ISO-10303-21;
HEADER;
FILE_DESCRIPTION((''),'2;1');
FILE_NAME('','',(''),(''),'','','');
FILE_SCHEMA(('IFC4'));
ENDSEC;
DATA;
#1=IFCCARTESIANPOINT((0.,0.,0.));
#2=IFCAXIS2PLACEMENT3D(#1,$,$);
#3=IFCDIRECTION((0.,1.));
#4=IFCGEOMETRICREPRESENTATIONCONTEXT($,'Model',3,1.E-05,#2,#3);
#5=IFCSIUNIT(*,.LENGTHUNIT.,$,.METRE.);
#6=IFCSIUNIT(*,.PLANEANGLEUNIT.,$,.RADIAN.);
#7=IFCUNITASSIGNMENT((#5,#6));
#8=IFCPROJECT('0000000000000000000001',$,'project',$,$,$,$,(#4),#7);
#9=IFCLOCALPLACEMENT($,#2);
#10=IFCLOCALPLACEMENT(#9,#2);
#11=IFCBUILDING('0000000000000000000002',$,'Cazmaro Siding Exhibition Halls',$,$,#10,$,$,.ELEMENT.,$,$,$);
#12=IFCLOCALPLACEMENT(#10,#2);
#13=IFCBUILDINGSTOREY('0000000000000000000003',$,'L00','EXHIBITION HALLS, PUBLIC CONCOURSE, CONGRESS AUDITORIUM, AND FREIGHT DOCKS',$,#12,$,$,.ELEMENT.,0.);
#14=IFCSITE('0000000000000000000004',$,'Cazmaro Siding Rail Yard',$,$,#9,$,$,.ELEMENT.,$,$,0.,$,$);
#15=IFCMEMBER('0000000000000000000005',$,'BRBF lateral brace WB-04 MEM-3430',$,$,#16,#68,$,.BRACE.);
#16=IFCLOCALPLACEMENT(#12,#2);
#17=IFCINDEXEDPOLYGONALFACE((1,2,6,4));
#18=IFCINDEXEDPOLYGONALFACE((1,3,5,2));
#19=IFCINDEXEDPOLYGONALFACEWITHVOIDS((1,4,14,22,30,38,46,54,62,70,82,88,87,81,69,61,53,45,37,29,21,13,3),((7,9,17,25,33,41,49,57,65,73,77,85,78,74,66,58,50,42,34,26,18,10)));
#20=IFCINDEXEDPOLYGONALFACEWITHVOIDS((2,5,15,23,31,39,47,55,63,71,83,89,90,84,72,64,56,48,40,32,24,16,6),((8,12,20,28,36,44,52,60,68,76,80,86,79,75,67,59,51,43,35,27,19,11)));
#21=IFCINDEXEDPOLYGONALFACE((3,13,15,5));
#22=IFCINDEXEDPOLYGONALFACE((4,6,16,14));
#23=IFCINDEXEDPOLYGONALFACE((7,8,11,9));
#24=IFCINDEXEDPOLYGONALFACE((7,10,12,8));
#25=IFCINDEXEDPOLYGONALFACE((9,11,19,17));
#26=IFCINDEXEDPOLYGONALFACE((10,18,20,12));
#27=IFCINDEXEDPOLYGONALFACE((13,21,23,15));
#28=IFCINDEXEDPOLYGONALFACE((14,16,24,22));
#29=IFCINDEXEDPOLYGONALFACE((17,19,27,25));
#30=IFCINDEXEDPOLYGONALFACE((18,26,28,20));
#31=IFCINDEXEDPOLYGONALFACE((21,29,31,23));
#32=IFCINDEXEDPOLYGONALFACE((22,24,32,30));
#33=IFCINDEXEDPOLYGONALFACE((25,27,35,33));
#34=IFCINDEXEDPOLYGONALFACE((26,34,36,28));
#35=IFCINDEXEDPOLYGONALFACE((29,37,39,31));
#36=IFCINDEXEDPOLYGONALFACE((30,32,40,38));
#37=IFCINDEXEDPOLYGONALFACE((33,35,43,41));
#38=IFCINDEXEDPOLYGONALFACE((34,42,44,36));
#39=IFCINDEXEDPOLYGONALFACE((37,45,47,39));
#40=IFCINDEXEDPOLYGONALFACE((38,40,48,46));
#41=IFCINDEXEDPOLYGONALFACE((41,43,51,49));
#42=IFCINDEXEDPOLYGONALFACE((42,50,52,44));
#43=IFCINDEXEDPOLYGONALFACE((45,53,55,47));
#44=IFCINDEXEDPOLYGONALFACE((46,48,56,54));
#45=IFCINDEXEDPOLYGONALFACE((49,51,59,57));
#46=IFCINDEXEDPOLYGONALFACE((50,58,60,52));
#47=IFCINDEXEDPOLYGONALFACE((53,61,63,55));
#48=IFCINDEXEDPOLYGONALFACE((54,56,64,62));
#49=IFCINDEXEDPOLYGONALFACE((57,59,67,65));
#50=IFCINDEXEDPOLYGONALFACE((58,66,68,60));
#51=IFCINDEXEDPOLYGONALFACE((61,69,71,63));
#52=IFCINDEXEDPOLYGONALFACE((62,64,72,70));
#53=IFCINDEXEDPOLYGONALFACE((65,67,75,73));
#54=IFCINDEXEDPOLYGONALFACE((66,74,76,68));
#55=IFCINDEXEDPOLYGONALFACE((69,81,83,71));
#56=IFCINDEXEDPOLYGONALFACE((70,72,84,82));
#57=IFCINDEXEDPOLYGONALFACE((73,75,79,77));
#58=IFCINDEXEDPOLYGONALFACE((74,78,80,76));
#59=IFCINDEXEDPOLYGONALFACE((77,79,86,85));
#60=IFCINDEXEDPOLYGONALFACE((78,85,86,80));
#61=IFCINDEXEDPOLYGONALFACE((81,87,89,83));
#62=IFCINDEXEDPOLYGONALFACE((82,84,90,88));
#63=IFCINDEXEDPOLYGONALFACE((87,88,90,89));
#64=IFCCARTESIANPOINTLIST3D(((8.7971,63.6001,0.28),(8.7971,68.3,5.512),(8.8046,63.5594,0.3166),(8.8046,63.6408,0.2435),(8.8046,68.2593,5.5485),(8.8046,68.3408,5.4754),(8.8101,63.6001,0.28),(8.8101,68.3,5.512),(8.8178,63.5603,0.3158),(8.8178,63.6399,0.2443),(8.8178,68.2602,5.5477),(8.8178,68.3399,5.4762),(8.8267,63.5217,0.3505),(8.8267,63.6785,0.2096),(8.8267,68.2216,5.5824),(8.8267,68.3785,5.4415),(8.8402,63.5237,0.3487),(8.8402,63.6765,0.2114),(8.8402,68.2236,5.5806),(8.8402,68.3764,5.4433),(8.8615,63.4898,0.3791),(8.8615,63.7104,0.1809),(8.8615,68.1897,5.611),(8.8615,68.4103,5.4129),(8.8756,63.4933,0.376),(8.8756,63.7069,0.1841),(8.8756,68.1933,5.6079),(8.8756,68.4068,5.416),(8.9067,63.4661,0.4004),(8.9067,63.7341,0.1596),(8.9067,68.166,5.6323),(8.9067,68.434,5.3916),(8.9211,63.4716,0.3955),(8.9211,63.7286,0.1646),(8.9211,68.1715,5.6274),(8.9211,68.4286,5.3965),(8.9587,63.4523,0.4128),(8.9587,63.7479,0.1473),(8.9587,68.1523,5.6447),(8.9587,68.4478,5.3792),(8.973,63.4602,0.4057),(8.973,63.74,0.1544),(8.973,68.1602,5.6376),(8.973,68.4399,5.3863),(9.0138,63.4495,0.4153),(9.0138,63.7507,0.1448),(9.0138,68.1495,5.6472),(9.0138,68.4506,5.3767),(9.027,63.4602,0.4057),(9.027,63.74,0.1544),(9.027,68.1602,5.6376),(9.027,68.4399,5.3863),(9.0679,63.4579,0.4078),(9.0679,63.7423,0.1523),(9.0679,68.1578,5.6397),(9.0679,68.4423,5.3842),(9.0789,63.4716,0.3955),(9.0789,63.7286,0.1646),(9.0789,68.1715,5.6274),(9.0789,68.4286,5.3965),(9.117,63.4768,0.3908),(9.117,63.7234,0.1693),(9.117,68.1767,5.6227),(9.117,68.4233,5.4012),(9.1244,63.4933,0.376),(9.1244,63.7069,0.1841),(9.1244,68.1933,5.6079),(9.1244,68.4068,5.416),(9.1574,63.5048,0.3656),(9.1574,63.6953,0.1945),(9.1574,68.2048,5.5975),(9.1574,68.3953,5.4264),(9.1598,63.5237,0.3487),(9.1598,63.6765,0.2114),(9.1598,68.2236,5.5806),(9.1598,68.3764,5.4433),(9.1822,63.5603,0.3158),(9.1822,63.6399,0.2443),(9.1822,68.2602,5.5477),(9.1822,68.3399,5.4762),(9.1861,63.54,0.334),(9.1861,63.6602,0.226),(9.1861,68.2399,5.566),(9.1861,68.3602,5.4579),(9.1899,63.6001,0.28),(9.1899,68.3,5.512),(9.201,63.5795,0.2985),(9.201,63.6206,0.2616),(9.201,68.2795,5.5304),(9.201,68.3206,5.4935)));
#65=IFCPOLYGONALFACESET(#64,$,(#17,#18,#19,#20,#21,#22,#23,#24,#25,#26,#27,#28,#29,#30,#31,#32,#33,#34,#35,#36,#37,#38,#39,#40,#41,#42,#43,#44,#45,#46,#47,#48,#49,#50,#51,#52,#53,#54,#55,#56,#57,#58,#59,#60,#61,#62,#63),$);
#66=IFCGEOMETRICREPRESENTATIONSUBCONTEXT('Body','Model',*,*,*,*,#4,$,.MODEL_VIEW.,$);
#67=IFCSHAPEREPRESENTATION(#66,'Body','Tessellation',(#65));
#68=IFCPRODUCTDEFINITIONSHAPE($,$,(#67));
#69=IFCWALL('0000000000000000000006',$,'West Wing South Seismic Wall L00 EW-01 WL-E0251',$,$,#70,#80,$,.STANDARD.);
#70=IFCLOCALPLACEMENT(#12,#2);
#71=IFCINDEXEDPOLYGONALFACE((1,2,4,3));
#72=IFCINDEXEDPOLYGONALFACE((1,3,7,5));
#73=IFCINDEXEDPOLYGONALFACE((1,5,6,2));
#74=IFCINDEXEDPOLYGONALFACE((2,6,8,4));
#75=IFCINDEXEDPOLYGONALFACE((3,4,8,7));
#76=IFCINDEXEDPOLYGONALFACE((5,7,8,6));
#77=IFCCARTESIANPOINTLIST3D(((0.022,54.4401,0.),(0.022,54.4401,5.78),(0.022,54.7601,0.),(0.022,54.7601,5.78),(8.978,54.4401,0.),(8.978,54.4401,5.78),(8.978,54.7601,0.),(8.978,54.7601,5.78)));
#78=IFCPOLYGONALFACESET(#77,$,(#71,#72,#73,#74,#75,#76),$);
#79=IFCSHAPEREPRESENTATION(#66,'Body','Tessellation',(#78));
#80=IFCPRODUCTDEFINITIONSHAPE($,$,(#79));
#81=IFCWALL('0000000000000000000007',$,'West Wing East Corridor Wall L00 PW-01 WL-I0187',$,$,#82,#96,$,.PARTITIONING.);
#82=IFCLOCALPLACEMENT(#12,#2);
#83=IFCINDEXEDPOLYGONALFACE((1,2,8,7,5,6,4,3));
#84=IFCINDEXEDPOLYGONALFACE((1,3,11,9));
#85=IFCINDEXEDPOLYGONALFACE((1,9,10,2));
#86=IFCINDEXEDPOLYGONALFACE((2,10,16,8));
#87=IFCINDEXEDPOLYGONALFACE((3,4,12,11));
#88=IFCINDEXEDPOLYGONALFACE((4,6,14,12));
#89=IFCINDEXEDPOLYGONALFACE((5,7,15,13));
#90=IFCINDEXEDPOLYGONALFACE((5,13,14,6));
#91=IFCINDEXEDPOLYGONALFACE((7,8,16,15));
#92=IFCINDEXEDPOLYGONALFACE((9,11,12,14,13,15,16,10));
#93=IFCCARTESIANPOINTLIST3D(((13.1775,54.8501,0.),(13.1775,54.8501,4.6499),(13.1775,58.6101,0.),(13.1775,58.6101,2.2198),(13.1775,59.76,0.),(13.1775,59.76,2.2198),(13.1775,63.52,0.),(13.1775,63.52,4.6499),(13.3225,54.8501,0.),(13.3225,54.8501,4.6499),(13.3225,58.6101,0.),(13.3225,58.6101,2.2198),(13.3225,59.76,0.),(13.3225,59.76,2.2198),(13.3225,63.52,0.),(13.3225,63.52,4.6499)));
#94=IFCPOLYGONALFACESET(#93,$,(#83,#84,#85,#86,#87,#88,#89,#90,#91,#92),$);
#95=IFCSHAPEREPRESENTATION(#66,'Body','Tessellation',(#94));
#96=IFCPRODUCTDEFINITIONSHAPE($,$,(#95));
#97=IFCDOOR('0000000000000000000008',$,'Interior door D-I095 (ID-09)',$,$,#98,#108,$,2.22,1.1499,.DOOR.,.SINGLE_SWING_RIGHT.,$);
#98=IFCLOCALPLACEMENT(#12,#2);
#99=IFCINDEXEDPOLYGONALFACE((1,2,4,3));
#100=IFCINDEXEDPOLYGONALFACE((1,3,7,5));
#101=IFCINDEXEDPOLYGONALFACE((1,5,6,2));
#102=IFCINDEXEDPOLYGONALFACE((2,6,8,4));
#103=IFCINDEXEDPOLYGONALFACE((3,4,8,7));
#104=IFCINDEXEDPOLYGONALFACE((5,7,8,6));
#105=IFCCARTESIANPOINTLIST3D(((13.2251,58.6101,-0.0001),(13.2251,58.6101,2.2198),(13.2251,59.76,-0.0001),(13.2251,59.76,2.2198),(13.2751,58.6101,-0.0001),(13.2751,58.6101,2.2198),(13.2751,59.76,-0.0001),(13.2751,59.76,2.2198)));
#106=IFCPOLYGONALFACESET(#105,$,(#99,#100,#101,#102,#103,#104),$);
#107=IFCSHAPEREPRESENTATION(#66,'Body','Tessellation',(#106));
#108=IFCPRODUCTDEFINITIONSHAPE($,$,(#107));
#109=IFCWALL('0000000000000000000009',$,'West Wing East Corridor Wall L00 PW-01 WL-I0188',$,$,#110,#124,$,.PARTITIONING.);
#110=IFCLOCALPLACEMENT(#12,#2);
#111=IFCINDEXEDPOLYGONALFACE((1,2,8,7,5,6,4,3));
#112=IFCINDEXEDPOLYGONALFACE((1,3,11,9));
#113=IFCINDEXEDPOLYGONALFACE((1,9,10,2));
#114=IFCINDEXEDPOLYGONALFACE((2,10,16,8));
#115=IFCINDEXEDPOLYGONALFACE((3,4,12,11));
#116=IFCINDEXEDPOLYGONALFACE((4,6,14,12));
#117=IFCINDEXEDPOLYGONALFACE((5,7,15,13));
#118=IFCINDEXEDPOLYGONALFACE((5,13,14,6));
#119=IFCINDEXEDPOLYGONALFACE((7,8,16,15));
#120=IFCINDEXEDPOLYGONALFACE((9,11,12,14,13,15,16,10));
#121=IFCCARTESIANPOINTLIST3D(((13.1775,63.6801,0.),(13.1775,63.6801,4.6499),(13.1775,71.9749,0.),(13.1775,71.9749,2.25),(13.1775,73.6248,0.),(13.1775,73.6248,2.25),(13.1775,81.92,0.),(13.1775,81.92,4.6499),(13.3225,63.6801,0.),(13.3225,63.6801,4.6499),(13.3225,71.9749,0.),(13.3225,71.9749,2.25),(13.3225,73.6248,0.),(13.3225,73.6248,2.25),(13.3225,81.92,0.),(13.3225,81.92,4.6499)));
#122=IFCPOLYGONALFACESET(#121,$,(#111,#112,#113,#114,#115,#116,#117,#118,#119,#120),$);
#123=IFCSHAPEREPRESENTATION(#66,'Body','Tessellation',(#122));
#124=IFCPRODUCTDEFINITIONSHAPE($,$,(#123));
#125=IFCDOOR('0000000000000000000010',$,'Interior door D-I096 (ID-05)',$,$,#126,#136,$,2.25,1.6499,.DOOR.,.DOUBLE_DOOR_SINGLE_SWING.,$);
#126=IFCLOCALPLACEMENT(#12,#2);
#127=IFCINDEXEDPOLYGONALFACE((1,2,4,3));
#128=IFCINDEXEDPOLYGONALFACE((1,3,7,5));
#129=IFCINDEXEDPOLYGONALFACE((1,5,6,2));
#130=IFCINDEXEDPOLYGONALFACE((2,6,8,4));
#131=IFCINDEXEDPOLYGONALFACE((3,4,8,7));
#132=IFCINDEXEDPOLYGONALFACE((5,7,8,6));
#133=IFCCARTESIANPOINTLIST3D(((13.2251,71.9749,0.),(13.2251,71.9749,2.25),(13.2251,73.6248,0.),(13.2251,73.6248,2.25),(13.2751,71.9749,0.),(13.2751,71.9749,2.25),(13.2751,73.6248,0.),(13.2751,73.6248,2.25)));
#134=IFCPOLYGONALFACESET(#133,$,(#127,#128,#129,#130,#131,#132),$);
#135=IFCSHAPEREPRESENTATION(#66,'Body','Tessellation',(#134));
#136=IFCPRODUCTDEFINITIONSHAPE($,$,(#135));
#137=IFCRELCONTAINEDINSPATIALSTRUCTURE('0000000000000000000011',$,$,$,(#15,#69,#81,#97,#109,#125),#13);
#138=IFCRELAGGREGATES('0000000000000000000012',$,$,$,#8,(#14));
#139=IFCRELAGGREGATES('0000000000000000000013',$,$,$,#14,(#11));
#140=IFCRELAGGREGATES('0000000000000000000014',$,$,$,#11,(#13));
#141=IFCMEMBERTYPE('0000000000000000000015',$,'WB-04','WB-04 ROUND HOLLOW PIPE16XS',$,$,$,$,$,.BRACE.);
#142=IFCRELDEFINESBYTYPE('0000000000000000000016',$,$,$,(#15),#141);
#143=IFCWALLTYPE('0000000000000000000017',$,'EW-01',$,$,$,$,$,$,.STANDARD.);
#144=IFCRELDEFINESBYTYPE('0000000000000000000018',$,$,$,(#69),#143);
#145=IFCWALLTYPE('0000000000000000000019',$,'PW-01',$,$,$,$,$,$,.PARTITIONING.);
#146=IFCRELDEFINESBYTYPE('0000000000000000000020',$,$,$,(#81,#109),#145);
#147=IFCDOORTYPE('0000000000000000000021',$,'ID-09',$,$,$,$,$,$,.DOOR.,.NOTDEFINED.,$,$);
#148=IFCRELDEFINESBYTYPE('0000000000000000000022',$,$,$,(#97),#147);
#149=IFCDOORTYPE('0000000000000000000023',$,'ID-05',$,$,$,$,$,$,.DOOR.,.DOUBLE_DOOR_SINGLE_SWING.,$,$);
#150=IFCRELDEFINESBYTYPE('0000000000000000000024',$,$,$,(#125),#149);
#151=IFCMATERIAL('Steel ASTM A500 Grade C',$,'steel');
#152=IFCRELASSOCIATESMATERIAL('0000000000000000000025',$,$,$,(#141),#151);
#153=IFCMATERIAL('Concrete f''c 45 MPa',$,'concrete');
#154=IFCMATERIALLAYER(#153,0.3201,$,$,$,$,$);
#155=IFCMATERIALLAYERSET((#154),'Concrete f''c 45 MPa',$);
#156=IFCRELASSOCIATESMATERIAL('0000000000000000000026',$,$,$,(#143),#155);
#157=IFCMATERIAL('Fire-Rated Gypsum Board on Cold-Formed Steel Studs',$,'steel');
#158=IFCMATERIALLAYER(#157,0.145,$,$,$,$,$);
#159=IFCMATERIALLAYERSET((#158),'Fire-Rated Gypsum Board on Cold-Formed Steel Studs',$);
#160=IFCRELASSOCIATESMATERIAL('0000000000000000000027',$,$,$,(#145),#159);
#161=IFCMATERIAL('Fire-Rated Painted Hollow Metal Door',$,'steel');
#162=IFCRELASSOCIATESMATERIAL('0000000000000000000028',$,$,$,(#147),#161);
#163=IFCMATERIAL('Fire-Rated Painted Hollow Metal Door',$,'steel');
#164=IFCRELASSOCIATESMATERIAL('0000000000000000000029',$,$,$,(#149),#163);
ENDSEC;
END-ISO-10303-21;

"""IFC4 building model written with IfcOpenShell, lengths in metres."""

from ifc_helpers import new_model, si_unit, direction, frame, frame_2d, origin, origin_2d, place, context, subcontext, project, spatial, rectangle, hollow_circle, extrude, material, layer, layer_set, material_profile, profile_set, type_object, element, fill, save


model = new_model("IFC4")

# Units and contexts
model_context = context("Model", 3, precision=1e-05, world=origin(), true_north=direction((0.0, 1.0)))
body_context = subcontext(model_context, "Body", "Model", "MODEL_VIEW")
ifc_project = project(units=[si_unit("LENGTHUNIT", "METRE"), si_unit("PLANEANGLEUNIT", "RADIAN")], contexts=[model_context])

# Site, building, storey
site_placement = place(None, origin())
site = spatial("IfcSite", under=ifc_project, at=site_placement, Name="Cazmaro Siding Rail Yard", CompositionType="ELEMENT", RefElevation=0.0)
building_placement = place(site_placement, origin())
building = spatial("IfcBuilding", under=site, at=building_placement, Name="Cazmaro Siding Exhibition Halls", CompositionType="ELEMENT")
storey_placement = place(building_placement, origin())
storey = spatial("IfcBuildingStorey", under=building, at=storey_placement, Name="L00", Description="EXHIBITION HALLS, PUBLIC CONCOURSE, CONGRESS AUDITORIUM, AND FREIGHT DOCKS", CompositionType="ELEMENT", Elevation=0.0)

# Member
ifc_material_1 = material(Name="Steel ASTM A500 Grade C", Category="steel")
ifc_material_profile_1 = material_profile(ifc_material_1, hollow_circle(Radius=0.2029, WallThickness=0.0129, at=origin_2d()), Name="PIPE16XS")
ifc_profile_set_1 = profile_set([ifc_material_profile_1], Name="Steel ASTM A500 Grade C")
member_type = type_object("IfcMemberType", Name="WB-04", Description="WB-04 ROUND HOLLOW PIPE16XS", PredefinedType="BRACE", material=ifc_profile_set_1)
member_placement = place(storey_placement, frame((9.0, 63.6001, 0.28), z_axis=(0.0, 0.668274, 0.743915), x_axis=(-1.0, 0.0, 0.0)))
element("IfcMember", 1, at=member_placement, inside=storey, type_object=member_type, Name="BRBF lateral brace WB-04 MEM-3430", PredefinedType="BRACE", context=body_context, shape_type="SweptSolid", body=[
    extrude(hollow_circle(Radius=0.2029, WallThickness=0.0129, at=origin_2d()), origin(), (0.0, 0.0, 1.0), 7.033),
])

# Wall
ifc_material_2 = material(Name="Concrete f'c 45 MPa", Category="concrete")
ifc_layer_1 = layer(ifc_material_2, 0.3201)
ifc_layer_set_1 = layer_set([ifc_layer_1], Name="Concrete f'c 45 MPa")
wall_type_1 = type_object("IfcWallType", Name="EW-01", PredefinedType="STANDARD", material=ifc_layer_set_1)
wall_1_placement = place(storey_placement, frame((8.978, 54.6001, 0.0), z_axis=(0.0, 0.0, 1.0), x_axis=(-1.0, 0.0, 0.0)))
element("IfcWall", 2, at=wall_1_placement, inside=storey, type_object=wall_type_1, Name="West Wing South Seismic Wall L00 EW-01 WL-E0251", PredefinedType="STANDARD", context=body_context, shape_type="SweptSolid", body=[
    extrude(rectangle(XDim=8.9561, YDim=0.3201, at=frame_2d((4.478, 0.0))), origin(), (0.0, 0.0, 1.0), 5.78),
])

# Walls, openings, doors
ifc_material_3 = material(Name="Fire-Rated Gypsum Board on Cold-Formed Steel Studs", Category="steel")
ifc_layer_2 = layer(ifc_material_3, 0.145)
ifc_layer_set_2 = layer_set([ifc_layer_2], Name="Fire-Rated Gypsum Board on Cold-Formed Steel Studs")
wall_type_2 = type_object("IfcWallType", Name="PW-01", PredefinedType="PARTITIONING", material=ifc_layer_set_2)
wall_2_placement = place(storey_placement, frame((13.25, 54.8501, 0.0), z_axis=(0.0, 0.0, 1.0), x_axis=(0.0, 1.0, 0.0)))
wall_2 = element("IfcWall", 3, at=wall_2_placement, inside=storey, type_object=wall_type_2, Name="West Wing East Corridor Wall L00 PW-01 WL-I0187", PredefinedType="PARTITIONING", context=body_context, shape_type="SweptSolid", body=[
    extrude(rectangle(XDim=8.6699, YDim=0.145, at=frame_2d((4.335, 0.0))), origin(), (0.0, 0.0, 1.0), 4.6499),
])
opening_1_placement = place(wall_2_placement, frame((3.76, 0.0, 0.0)))
opening_1 = element("IfcOpeningElement", 4, at=opening_1_placement, cuts=wall_2, PredefinedType="OPENING", context=body_context, shape_type="SweptSolid", body=[
    extrude(rectangle(XDim=1.1499, YDim=2.22, at=frame_2d((0.575, 1.1099))), frame((0.0, 0.0825, 0.0), z_axis=(0.0, -1.0, 0.0), x_axis=(1.0, 0.0, 0.0)), (0.0, 0.0, 1.0), 0.165),
])
ifc_material_4 = material(Name="Fire-Rated Painted Hollow Metal Door", Category="steel")
door_type_1 = type_object("IfcDoorType", Name="ID-09", OperationType="NOTDEFINED", PredefinedType="DOOR", material=ifc_material_4)
door_1_placement = place(opening_1_placement, origin())
door_1 = element("IfcDoor", 5, at=door_1_placement, inside=storey, type_object=door_type_1, Name="Interior door D-I095 (ID-09)", OperationType="SINGLE_SWING_RIGHT", OverallHeight=2.22, OverallWidth=1.1499, PredefinedType="DOOR", context=body_context, shape_type="SweptSolid", body=[
    extrude(rectangle(XDim=1.1499, YDim=2.22, at=frame_2d((0.575, 1.1099))), frame((0.0, 0.0249, 0.0), z_axis=(0.0, -1.0, 0.0), x_axis=(1.0, 0.0, 0.0)), (0.0, 0.0, 1.0), 0.05),
])
fill(opening_1, door_1)
wall_3_placement = place(storey_placement, frame((13.25, 63.6799, 0.0), z_axis=(0.0, 0.0, 1.0), x_axis=(0.0, 1.0, 0.0)))
wall_3 = element("IfcWall", 6, at=wall_3_placement, inside=storey, type_object=wall_type_2, Name="West Wing East Corridor Wall L00 PW-01 WL-I0188", PredefinedType="PARTITIONING", context=body_context, shape_type="SweptSolid", body=[
    extrude(rectangle(XDim=18.24, YDim=0.145, at=frame_2d((9.1201, 0.0))), origin(), (0.0, 0.0, 1.0), 4.6499),
])
opening_2_placement = place(wall_3_placement, frame((8.2949, 0.0, 0.0)))
opening_2 = element("IfcOpeningElement", 7, at=opening_2_placement, cuts=wall_3, PredefinedType="OPENING", context=body_context, shape_type="SweptSolid", body=[
    extrude(rectangle(XDim=1.6499, YDim=2.25, at=frame_2d((0.825, 1.125))), frame((0.0, 0.0825, 0.0), z_axis=(0.0, -1.0, 0.0), x_axis=(1.0, 0.0, 0.0)), (0.0, 0.0, 1.0), 0.165),
])
ifc_material_5 = material(Name="Fire-Rated Painted Hollow Metal Door", Category="steel")
door_type_2 = type_object("IfcDoorType", Name="ID-05", OperationType="DOUBLE_DOOR_SINGLE_SWING", PredefinedType="DOOR", material=ifc_material_5)
door_2_placement = place(opening_2_placement, origin())
door_2 = element("IfcDoor", 8, at=door_2_placement, inside=storey, type_object=door_type_2, Name="Interior door D-I096 (ID-05)", OperationType="DOUBLE_DOOR_SINGLE_SWING", OverallHeight=2.25, OverallWidth=1.6499, PredefinedType="DOOR", context=body_context, shape_type="SweptSolid", body=[
    extrude(rectangle(XDim=1.6499, YDim=2.25, at=frame_2d((0.825, 1.125))), frame((0.0, 0.0249, 0.0), z_axis=(0.0, -1.0, 0.0), x_axis=(1.0, 0.0, 0.0)), (0.0, 0.0, 1.0), 0.05),
])
fill(opening_2, door_2)

save(model, "model.ifc")
